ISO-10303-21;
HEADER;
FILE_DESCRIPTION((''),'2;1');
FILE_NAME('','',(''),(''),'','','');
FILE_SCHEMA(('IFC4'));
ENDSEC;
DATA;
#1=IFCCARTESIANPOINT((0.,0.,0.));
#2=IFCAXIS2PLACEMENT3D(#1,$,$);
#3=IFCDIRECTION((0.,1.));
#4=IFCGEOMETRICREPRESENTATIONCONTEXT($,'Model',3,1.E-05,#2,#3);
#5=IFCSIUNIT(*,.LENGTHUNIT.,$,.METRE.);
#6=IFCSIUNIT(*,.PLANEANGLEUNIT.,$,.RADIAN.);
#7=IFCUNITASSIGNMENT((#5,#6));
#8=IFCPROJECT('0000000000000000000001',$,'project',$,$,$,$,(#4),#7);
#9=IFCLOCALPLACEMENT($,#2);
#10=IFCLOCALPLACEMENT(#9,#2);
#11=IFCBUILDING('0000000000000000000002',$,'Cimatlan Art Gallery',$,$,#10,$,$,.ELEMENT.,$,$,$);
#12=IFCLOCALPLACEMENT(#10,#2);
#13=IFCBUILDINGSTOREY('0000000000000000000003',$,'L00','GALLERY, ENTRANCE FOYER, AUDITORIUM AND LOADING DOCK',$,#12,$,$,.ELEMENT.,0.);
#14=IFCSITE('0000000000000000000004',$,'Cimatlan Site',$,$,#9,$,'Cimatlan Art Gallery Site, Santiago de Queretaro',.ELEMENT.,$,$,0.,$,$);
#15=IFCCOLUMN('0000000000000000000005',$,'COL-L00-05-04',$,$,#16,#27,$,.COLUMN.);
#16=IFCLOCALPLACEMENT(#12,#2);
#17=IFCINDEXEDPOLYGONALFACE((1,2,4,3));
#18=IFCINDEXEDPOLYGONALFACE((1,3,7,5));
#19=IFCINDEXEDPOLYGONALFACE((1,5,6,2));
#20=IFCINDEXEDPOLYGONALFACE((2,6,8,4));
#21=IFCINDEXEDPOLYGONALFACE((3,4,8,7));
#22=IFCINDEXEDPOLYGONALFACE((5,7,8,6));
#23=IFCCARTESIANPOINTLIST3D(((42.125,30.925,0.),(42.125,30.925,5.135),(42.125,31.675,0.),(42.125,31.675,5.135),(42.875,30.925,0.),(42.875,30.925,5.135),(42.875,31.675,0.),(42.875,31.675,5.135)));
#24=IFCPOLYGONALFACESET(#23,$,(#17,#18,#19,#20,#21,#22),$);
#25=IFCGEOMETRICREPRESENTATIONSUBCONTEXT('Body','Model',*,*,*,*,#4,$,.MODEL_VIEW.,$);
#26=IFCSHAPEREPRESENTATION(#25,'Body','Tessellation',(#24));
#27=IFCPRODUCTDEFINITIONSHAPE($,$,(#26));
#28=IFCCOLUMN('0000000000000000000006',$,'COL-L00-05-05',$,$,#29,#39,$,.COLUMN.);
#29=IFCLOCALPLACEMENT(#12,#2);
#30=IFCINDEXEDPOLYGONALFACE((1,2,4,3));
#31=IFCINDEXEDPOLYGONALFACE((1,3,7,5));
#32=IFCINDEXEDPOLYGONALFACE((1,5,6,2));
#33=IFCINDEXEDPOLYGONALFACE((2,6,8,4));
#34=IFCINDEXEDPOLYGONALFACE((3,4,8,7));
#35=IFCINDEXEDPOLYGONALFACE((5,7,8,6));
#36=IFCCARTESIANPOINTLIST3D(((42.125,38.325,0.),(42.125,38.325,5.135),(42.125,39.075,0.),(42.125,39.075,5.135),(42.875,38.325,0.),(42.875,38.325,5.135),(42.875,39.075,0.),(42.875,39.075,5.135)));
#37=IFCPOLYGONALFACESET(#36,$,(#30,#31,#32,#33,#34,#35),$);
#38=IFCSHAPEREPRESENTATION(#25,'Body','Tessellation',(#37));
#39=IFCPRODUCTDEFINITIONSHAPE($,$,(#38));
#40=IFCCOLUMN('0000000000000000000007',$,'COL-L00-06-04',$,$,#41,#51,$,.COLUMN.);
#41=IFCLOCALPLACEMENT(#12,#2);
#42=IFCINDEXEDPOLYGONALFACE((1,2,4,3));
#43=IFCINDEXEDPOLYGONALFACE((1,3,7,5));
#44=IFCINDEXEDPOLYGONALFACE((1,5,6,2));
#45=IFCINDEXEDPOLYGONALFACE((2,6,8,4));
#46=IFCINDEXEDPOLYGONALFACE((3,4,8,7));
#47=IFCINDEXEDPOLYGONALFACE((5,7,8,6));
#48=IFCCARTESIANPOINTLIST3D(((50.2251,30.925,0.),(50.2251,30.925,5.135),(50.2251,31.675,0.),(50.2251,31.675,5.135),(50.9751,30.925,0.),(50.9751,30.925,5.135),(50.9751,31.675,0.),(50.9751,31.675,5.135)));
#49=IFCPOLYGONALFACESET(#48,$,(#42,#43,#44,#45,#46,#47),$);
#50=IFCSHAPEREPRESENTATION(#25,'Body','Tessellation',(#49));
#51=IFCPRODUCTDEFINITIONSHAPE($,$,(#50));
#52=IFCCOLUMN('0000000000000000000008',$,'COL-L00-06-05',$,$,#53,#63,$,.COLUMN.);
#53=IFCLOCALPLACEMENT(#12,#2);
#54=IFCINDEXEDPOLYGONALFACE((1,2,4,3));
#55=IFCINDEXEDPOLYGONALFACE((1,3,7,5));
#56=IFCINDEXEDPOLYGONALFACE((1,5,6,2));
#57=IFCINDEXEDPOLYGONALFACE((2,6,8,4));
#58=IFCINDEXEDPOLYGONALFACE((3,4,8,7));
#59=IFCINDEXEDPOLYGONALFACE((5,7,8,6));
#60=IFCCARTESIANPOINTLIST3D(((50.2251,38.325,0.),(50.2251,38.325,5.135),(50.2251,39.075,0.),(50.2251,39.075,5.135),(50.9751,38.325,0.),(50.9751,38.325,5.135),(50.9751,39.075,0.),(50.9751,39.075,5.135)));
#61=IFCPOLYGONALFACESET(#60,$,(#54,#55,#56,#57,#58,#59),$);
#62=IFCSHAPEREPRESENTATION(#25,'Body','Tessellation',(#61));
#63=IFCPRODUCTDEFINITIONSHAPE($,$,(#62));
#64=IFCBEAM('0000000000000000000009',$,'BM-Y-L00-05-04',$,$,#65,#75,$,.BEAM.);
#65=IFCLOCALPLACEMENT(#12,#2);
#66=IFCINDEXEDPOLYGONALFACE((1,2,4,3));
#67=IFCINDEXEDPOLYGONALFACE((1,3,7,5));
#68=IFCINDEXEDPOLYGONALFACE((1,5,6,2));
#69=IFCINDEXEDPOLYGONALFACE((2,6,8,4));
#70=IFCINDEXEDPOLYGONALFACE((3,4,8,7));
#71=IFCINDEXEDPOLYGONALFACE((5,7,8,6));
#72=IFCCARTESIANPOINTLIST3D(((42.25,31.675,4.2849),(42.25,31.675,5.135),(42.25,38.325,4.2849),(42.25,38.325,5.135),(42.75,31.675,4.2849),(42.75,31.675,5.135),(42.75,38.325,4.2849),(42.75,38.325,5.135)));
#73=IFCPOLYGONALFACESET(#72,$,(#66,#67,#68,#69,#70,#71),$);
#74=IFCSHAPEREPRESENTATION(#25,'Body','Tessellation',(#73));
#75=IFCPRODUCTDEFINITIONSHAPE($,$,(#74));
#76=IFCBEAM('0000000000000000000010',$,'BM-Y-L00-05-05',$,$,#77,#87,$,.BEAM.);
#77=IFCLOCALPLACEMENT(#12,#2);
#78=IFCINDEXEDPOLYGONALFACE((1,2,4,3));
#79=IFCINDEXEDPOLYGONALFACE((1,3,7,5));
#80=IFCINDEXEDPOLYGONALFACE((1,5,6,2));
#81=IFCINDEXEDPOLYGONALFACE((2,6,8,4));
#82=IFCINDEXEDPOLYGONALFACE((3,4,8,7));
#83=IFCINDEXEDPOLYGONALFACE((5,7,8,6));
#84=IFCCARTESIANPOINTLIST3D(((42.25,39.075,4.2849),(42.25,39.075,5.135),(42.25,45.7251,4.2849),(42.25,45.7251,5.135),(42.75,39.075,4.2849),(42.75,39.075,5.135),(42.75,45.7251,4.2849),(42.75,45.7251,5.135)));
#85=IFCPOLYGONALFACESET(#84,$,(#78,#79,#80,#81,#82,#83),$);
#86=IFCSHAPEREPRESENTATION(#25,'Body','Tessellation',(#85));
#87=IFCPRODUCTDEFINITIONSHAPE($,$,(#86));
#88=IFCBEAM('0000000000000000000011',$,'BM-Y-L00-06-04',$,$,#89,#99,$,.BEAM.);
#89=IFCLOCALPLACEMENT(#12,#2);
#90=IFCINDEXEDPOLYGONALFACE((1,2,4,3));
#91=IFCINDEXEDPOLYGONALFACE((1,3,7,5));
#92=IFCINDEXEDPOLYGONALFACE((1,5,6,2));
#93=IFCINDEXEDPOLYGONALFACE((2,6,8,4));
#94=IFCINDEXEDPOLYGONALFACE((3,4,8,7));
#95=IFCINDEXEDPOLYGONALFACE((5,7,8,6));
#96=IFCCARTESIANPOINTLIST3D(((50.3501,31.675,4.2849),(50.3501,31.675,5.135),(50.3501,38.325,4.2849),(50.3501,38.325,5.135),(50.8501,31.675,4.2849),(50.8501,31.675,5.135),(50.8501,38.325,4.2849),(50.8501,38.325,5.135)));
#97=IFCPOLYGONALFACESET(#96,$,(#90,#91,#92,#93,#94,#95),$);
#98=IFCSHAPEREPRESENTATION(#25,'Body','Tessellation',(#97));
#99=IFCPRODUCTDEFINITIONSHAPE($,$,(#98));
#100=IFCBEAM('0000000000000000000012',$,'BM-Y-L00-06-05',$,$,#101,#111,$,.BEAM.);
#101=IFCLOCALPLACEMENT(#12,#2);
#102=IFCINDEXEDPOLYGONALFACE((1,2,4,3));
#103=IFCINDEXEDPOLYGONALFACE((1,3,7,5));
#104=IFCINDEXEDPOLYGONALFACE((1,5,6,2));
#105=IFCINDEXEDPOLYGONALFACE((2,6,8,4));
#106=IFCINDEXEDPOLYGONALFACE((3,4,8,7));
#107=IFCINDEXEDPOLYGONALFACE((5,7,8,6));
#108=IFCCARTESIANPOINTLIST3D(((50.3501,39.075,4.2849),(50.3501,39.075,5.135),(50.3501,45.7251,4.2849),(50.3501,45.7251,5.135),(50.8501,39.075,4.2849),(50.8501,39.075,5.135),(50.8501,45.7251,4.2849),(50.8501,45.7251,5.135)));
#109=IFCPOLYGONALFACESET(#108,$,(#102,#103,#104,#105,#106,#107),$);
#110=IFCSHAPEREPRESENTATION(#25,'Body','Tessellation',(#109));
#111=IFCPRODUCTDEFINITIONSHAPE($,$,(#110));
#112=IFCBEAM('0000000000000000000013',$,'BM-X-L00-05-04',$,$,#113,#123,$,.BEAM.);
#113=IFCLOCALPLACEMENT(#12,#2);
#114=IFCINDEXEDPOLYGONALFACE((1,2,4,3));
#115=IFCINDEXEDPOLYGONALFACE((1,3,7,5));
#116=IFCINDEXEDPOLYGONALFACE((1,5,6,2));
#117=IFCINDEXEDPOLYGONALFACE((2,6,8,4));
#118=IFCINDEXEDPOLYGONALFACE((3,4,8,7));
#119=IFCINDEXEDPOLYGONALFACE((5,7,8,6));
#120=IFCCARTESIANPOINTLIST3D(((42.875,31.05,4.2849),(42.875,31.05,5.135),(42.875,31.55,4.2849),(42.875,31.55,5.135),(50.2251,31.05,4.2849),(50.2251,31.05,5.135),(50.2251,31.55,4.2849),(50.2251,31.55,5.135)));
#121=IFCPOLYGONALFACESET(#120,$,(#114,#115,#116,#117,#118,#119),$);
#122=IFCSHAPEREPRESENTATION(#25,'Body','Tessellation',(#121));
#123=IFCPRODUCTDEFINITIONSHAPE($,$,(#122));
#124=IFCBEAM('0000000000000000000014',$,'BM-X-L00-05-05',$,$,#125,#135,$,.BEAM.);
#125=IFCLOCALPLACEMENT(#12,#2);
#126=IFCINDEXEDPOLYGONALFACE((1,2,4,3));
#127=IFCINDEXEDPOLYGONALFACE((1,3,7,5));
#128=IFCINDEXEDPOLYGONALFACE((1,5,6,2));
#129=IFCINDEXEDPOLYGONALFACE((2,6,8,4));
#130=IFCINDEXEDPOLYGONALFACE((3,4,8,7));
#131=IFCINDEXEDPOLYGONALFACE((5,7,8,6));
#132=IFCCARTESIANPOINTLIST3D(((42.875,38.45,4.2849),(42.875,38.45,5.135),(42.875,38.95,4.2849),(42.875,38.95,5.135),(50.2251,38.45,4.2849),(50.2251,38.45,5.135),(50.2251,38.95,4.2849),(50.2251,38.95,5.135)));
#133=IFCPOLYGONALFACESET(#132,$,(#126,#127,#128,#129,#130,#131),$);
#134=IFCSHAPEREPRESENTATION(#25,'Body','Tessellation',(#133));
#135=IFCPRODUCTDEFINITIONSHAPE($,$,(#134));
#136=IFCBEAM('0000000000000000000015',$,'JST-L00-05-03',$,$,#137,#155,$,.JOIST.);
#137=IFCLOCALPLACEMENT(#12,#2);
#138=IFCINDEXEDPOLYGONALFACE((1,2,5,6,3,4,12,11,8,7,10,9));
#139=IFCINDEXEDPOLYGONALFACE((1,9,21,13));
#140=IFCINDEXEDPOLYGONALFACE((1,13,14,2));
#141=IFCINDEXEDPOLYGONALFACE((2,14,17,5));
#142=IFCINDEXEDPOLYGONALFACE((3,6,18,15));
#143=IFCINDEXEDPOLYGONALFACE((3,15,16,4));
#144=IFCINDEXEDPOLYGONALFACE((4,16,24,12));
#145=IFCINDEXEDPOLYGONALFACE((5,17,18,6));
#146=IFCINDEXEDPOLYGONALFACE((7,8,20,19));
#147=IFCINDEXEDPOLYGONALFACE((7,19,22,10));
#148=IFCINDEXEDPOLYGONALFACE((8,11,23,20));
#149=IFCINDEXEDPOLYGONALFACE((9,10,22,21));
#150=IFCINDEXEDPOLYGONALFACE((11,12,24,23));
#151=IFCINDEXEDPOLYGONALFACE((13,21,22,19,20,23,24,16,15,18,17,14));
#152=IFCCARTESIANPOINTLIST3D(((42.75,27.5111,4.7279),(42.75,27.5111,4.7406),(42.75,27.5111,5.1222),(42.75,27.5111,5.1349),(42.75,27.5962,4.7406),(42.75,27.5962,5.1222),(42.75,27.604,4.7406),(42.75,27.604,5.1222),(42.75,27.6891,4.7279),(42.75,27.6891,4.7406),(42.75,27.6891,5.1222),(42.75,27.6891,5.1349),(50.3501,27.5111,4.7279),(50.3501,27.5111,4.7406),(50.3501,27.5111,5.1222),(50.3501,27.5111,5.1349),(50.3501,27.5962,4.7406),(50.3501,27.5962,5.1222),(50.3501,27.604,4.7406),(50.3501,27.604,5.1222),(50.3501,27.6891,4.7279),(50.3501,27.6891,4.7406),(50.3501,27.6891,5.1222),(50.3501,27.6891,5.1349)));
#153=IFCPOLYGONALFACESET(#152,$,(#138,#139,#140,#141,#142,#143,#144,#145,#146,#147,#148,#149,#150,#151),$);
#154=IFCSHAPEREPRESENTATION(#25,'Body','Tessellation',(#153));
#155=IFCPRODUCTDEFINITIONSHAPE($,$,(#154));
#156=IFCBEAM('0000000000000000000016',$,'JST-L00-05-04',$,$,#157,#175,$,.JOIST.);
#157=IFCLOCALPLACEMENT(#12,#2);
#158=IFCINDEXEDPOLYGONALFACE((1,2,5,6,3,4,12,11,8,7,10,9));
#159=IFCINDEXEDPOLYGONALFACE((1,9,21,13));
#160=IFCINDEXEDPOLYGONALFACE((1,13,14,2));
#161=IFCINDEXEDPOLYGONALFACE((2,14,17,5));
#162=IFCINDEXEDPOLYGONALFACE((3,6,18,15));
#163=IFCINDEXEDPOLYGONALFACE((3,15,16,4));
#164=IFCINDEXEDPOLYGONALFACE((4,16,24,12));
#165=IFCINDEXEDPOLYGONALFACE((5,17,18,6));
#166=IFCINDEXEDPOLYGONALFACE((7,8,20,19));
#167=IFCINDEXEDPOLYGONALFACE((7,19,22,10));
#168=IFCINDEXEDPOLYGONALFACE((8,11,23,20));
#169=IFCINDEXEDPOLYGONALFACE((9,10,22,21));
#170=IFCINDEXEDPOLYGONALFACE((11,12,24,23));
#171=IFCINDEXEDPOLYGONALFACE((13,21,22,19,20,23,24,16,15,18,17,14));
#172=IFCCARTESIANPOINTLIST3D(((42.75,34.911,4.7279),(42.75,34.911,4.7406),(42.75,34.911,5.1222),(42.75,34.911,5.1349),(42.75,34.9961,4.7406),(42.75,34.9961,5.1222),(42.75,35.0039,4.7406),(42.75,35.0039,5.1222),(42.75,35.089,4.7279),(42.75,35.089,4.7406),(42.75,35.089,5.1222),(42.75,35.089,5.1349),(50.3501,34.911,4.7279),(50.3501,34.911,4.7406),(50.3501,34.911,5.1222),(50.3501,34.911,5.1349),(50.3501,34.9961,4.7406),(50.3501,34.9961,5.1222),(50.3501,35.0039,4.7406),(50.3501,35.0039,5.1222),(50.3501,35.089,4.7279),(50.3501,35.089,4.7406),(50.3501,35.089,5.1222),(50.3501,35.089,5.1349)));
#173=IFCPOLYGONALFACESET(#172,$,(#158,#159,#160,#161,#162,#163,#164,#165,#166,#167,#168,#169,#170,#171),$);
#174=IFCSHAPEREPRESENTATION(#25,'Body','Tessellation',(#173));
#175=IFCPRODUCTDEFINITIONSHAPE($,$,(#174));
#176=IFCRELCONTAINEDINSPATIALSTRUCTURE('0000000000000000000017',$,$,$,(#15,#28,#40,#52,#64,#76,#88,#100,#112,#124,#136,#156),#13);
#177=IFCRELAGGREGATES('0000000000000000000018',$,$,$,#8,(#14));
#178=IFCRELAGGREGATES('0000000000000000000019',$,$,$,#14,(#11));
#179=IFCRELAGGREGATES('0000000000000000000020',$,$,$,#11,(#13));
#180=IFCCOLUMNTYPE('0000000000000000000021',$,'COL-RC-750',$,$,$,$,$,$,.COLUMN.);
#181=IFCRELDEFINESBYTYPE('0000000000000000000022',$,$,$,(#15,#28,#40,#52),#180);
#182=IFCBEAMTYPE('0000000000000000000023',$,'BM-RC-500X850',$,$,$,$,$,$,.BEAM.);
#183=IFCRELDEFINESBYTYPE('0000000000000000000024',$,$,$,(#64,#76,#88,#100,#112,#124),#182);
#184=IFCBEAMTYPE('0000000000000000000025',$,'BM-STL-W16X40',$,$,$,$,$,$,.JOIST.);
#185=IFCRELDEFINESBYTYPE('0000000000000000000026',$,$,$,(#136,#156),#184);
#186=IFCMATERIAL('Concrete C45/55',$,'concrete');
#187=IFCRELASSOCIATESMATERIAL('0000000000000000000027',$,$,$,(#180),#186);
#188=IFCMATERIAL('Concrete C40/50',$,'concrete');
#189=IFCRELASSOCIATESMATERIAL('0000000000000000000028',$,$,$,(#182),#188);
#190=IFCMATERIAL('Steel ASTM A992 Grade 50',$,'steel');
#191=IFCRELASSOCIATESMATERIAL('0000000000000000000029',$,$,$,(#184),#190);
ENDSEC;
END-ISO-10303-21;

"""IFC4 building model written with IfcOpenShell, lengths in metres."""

from ifc_helpers import new_model, si_unit, direction, frame, origin, origin_2d, place, context, subcontext, project, spatial, rectangle, i_section, extrude, material, material_profile, profile_set, type_object, element, save


model = new_model("IFC4")

# Units and contexts
model_context = context("Model", 3, precision=1e-05, world=origin(), true_north=direction((0.0, 1.0)))
body_context = subcontext(model_context, "Body", "Model", "MODEL_VIEW")
ifc_project = project(units=[si_unit("LENGTHUNIT", "METRE"), si_unit("PLANEANGLEUNIT", "RADIAN")], contexts=[model_context])

# Site, building, storey
site_placement = place(None, origin())
site = spatial("IfcSite", under=ifc_project, at=site_placement, Name="Cimatlan Site", LongName="Cimatlan Art Gallery Site, Santiago de Queretaro", CompositionType="ELEMENT", RefElevation=0.0)
building_placement = place(site_placement, origin())
building = spatial("IfcBuilding", under=site, at=building_placement, Name="Cimatlan Art Gallery", CompositionType="ELEMENT")
storey_placement = place(building_placement, origin())
storey = spatial("IfcBuildingStorey", under=building, at=storey_placement, Name="L00", Description="GALLERY, ENTRANCE FOYER, AUDITORIUM AND LOADING DOCK", CompositionType="ELEMENT", Elevation=0.0)

# Columns
ifc_material_1 = material(Name="Concrete C45/55", Category="concrete")
ifc_material_profile_1 = material_profile(ifc_material_1, rectangle(XDim=0.75, YDim=0.75, at=origin_2d()), Name="RC750X750")
ifc_profile_set_1 = profile_set([ifc_material_profile_1], Name="Concrete C45/55")
column_type = type_object("IfcColumnType", Name="COL-RC-750", PredefinedType="COLUMN", material=ifc_profile_set_1)
for number, where, z_axis, x_axis, name in (
    (1, (42.5, 31.3, 0.0), (0.0, 0.0, 1.0), (1.0, 0.0, 0.0), "COL-L00-05-04"),
    (2, (42.5, 38.7, 0.0), (0.0, 0.0, 1.0), (1.0, 0.0, 0.0), "COL-L00-05-05"),
    (3, (50.6001, 31.3, 0.0), (0.0, 0.0, 1.0), (1.0, 0.0, 0.0), "COL-L00-06-04"),
    (4, (50.6001, 38.7, 0.0), (0.0, 0.0, 1.0), (1.0, 0.0, 0.0), "COL-L00-06-05"),
):
    element("IfcColumn", number, at=place(storey_placement, frame(where, z_axis=z_axis, x_axis=x_axis)), inside=storey, type_object=column_type, Name=name, PredefinedType="COLUMN", context=body_context, shape_type="SweptSolid", body=[
        extrude(rectangle(XDim=0.75, YDim=0.75, at=origin_2d()), origin(), (0.0, 0.0, 1.0), 5.135),
    ])

# Beams
ifc_material_2 = material(Name="Concrete C40/50", Category="concrete")
ifc_material_profile_2 = material_profile(ifc_material_2, rectangle(XDim=0.5, YDim=0.8501, at=origin_2d()), Name="RC500X850")
ifc_profile_set_2 = profile_set([ifc_material_profile_2], Name="Concrete C40/50")
beam_type_1 = type_object("IfcBeamType", Name="BM-RC-500X850", PredefinedType="BEAM", material=ifc_profile_set_2)
beam_1_placement = place(storey_placement, frame((42.5, 31.675, 4.71), z_axis=(0.0, 1.0, 0.0), x_axis=(-1.0, 0.0, 0.0)))
element("IfcBeam", 5, at=beam_1_placement, inside=storey, type_object=beam_type_1, Name="BM-Y-L00-05-04", PredefinedType="BEAM", context=body_context, shape_type="SweptSolid", body=[
    extrude(rectangle(XDim=0.5, YDim=0.8501, at=origin_2d()), origin(), (0.0, 0.0, 1.0), 6.6499),
])
beam_2_placement = place(storey_placement, frame((42.5, 39.075, 4.71), z_axis=(0.0, 1.0, 0.0), x_axis=(-1.0, 0.0, 0.0)))
element("IfcBeam", 6, at=beam_2_placement, inside=storey, type_object=beam_type_1, Name="BM-Y-L00-05-05", PredefinedType="BEAM", context=body_context, shape_type="SweptSolid", body=[
    extrude(rectangle(XDim=0.5, YDim=0.8501, at=origin_2d()), origin(), (0.0, 0.0, 1.0), 6.6501),
])
beam_3_placement = place(storey_placement, frame((50.6001, 31.675, 4.71), z_axis=(0.0, 1.0, 0.0), x_axis=(-1.0, 0.0, 0.0)))
element("IfcBeam", 7, at=beam_3_placement, inside=storey, type_object=beam_type_1, Name="BM-Y-L00-06-04", PredefinedType="BEAM", context=body_context, shape_type="SweptSolid", body=[
    extrude(rectangle(XDim=0.5, YDim=0.8501, at=origin_2d()), origin(), (0.0, 0.0, 1.0), 6.6499),
])
beam_4_placement = place(storey_placement, frame((50.6001, 39.075, 4.71), z_axis=(0.0, 1.0, 0.0), x_axis=(-1.0, 0.0, 0.0)))
element("IfcBeam", 8, at=beam_4_placement, inside=storey, type_object=beam_type_1, Name="BM-Y-L00-06-05", PredefinedType="BEAM", context=body_context, shape_type="SweptSolid", body=[
    extrude(rectangle(XDim=0.5, YDim=0.8501, at=origin_2d()), origin(), (0.0, 0.0, 1.0), 6.6501),
])
for number, where, z_axis, x_axis, name in (
    (9, (42.875, 31.3, 4.71), (1.0, 0.0, 0.0), (0.0, 1.0, 0.0), "BM-X-L00-05-04"),
    (10, (42.875, 38.7, 4.71), (1.0, 0.0, 0.0), (0.0, 1.0, 0.0), "BM-X-L00-05-05"),
):
    element("IfcBeam", number, at=place(storey_placement, frame(where, z_axis=z_axis, x_axis=x_axis)), inside=storey, type_object=beam_type_1, Name=name, PredefinedType="BEAM", context=body_context, shape_type="SweptSolid", body=[
        extrude(rectangle(XDim=0.5, YDim=0.8501, at=origin_2d()), origin(), (0.0, 0.0, 1.0), 7.3501),
    ])
ifc_material_3 = material(Name="Steel ASTM A992 Grade 50", Category="steel")
ifc_material_profile_3 = material_profile(ifc_material_3, i_section(OverallWidth=0.178, OverallDepth=0.407, WebThickness=0.0078, FlangeThickness=0.0127, at=origin_2d()), Name="W16X40")
ifc_profile_set_3 = profile_set([ifc_material_profile_3], Name="Steel ASTM A992 Grade 50")
beam_type_2 = type_object("IfcBeamType", Name="BM-STL-W16X40", PredefinedType="JOIST", material=ifc_profile_set_3)
for number, where, z_axis, x_axis, name in (
    (11, (42.75, 27.6001, 4.9314), (1.0, 0.0, 0.0), (0.0, 1.0, 0.0), "JST-L00-05-03"),
    (12, (42.75, 35.0, 4.9314), (1.0, 0.0, 0.0), (0.0, 1.0, 0.0), "JST-L00-05-04"),
):
    element("IfcBeam", number, at=place(storey_placement, frame(where, z_axis=z_axis, x_axis=x_axis)), inside=storey, type_object=beam_type_2, Name=name, PredefinedType="JOIST", context=body_context, shape_type="SweptSolid", body=[
        extrude(i_section(OverallWidth=0.178, OverallDepth=0.407, WebThickness=0.0078, FlangeThickness=0.0127, at=origin_2d()), origin(), (0.0, 0.0, 1.0), 7.6001),
    ])

save(model, "model.ifc")
